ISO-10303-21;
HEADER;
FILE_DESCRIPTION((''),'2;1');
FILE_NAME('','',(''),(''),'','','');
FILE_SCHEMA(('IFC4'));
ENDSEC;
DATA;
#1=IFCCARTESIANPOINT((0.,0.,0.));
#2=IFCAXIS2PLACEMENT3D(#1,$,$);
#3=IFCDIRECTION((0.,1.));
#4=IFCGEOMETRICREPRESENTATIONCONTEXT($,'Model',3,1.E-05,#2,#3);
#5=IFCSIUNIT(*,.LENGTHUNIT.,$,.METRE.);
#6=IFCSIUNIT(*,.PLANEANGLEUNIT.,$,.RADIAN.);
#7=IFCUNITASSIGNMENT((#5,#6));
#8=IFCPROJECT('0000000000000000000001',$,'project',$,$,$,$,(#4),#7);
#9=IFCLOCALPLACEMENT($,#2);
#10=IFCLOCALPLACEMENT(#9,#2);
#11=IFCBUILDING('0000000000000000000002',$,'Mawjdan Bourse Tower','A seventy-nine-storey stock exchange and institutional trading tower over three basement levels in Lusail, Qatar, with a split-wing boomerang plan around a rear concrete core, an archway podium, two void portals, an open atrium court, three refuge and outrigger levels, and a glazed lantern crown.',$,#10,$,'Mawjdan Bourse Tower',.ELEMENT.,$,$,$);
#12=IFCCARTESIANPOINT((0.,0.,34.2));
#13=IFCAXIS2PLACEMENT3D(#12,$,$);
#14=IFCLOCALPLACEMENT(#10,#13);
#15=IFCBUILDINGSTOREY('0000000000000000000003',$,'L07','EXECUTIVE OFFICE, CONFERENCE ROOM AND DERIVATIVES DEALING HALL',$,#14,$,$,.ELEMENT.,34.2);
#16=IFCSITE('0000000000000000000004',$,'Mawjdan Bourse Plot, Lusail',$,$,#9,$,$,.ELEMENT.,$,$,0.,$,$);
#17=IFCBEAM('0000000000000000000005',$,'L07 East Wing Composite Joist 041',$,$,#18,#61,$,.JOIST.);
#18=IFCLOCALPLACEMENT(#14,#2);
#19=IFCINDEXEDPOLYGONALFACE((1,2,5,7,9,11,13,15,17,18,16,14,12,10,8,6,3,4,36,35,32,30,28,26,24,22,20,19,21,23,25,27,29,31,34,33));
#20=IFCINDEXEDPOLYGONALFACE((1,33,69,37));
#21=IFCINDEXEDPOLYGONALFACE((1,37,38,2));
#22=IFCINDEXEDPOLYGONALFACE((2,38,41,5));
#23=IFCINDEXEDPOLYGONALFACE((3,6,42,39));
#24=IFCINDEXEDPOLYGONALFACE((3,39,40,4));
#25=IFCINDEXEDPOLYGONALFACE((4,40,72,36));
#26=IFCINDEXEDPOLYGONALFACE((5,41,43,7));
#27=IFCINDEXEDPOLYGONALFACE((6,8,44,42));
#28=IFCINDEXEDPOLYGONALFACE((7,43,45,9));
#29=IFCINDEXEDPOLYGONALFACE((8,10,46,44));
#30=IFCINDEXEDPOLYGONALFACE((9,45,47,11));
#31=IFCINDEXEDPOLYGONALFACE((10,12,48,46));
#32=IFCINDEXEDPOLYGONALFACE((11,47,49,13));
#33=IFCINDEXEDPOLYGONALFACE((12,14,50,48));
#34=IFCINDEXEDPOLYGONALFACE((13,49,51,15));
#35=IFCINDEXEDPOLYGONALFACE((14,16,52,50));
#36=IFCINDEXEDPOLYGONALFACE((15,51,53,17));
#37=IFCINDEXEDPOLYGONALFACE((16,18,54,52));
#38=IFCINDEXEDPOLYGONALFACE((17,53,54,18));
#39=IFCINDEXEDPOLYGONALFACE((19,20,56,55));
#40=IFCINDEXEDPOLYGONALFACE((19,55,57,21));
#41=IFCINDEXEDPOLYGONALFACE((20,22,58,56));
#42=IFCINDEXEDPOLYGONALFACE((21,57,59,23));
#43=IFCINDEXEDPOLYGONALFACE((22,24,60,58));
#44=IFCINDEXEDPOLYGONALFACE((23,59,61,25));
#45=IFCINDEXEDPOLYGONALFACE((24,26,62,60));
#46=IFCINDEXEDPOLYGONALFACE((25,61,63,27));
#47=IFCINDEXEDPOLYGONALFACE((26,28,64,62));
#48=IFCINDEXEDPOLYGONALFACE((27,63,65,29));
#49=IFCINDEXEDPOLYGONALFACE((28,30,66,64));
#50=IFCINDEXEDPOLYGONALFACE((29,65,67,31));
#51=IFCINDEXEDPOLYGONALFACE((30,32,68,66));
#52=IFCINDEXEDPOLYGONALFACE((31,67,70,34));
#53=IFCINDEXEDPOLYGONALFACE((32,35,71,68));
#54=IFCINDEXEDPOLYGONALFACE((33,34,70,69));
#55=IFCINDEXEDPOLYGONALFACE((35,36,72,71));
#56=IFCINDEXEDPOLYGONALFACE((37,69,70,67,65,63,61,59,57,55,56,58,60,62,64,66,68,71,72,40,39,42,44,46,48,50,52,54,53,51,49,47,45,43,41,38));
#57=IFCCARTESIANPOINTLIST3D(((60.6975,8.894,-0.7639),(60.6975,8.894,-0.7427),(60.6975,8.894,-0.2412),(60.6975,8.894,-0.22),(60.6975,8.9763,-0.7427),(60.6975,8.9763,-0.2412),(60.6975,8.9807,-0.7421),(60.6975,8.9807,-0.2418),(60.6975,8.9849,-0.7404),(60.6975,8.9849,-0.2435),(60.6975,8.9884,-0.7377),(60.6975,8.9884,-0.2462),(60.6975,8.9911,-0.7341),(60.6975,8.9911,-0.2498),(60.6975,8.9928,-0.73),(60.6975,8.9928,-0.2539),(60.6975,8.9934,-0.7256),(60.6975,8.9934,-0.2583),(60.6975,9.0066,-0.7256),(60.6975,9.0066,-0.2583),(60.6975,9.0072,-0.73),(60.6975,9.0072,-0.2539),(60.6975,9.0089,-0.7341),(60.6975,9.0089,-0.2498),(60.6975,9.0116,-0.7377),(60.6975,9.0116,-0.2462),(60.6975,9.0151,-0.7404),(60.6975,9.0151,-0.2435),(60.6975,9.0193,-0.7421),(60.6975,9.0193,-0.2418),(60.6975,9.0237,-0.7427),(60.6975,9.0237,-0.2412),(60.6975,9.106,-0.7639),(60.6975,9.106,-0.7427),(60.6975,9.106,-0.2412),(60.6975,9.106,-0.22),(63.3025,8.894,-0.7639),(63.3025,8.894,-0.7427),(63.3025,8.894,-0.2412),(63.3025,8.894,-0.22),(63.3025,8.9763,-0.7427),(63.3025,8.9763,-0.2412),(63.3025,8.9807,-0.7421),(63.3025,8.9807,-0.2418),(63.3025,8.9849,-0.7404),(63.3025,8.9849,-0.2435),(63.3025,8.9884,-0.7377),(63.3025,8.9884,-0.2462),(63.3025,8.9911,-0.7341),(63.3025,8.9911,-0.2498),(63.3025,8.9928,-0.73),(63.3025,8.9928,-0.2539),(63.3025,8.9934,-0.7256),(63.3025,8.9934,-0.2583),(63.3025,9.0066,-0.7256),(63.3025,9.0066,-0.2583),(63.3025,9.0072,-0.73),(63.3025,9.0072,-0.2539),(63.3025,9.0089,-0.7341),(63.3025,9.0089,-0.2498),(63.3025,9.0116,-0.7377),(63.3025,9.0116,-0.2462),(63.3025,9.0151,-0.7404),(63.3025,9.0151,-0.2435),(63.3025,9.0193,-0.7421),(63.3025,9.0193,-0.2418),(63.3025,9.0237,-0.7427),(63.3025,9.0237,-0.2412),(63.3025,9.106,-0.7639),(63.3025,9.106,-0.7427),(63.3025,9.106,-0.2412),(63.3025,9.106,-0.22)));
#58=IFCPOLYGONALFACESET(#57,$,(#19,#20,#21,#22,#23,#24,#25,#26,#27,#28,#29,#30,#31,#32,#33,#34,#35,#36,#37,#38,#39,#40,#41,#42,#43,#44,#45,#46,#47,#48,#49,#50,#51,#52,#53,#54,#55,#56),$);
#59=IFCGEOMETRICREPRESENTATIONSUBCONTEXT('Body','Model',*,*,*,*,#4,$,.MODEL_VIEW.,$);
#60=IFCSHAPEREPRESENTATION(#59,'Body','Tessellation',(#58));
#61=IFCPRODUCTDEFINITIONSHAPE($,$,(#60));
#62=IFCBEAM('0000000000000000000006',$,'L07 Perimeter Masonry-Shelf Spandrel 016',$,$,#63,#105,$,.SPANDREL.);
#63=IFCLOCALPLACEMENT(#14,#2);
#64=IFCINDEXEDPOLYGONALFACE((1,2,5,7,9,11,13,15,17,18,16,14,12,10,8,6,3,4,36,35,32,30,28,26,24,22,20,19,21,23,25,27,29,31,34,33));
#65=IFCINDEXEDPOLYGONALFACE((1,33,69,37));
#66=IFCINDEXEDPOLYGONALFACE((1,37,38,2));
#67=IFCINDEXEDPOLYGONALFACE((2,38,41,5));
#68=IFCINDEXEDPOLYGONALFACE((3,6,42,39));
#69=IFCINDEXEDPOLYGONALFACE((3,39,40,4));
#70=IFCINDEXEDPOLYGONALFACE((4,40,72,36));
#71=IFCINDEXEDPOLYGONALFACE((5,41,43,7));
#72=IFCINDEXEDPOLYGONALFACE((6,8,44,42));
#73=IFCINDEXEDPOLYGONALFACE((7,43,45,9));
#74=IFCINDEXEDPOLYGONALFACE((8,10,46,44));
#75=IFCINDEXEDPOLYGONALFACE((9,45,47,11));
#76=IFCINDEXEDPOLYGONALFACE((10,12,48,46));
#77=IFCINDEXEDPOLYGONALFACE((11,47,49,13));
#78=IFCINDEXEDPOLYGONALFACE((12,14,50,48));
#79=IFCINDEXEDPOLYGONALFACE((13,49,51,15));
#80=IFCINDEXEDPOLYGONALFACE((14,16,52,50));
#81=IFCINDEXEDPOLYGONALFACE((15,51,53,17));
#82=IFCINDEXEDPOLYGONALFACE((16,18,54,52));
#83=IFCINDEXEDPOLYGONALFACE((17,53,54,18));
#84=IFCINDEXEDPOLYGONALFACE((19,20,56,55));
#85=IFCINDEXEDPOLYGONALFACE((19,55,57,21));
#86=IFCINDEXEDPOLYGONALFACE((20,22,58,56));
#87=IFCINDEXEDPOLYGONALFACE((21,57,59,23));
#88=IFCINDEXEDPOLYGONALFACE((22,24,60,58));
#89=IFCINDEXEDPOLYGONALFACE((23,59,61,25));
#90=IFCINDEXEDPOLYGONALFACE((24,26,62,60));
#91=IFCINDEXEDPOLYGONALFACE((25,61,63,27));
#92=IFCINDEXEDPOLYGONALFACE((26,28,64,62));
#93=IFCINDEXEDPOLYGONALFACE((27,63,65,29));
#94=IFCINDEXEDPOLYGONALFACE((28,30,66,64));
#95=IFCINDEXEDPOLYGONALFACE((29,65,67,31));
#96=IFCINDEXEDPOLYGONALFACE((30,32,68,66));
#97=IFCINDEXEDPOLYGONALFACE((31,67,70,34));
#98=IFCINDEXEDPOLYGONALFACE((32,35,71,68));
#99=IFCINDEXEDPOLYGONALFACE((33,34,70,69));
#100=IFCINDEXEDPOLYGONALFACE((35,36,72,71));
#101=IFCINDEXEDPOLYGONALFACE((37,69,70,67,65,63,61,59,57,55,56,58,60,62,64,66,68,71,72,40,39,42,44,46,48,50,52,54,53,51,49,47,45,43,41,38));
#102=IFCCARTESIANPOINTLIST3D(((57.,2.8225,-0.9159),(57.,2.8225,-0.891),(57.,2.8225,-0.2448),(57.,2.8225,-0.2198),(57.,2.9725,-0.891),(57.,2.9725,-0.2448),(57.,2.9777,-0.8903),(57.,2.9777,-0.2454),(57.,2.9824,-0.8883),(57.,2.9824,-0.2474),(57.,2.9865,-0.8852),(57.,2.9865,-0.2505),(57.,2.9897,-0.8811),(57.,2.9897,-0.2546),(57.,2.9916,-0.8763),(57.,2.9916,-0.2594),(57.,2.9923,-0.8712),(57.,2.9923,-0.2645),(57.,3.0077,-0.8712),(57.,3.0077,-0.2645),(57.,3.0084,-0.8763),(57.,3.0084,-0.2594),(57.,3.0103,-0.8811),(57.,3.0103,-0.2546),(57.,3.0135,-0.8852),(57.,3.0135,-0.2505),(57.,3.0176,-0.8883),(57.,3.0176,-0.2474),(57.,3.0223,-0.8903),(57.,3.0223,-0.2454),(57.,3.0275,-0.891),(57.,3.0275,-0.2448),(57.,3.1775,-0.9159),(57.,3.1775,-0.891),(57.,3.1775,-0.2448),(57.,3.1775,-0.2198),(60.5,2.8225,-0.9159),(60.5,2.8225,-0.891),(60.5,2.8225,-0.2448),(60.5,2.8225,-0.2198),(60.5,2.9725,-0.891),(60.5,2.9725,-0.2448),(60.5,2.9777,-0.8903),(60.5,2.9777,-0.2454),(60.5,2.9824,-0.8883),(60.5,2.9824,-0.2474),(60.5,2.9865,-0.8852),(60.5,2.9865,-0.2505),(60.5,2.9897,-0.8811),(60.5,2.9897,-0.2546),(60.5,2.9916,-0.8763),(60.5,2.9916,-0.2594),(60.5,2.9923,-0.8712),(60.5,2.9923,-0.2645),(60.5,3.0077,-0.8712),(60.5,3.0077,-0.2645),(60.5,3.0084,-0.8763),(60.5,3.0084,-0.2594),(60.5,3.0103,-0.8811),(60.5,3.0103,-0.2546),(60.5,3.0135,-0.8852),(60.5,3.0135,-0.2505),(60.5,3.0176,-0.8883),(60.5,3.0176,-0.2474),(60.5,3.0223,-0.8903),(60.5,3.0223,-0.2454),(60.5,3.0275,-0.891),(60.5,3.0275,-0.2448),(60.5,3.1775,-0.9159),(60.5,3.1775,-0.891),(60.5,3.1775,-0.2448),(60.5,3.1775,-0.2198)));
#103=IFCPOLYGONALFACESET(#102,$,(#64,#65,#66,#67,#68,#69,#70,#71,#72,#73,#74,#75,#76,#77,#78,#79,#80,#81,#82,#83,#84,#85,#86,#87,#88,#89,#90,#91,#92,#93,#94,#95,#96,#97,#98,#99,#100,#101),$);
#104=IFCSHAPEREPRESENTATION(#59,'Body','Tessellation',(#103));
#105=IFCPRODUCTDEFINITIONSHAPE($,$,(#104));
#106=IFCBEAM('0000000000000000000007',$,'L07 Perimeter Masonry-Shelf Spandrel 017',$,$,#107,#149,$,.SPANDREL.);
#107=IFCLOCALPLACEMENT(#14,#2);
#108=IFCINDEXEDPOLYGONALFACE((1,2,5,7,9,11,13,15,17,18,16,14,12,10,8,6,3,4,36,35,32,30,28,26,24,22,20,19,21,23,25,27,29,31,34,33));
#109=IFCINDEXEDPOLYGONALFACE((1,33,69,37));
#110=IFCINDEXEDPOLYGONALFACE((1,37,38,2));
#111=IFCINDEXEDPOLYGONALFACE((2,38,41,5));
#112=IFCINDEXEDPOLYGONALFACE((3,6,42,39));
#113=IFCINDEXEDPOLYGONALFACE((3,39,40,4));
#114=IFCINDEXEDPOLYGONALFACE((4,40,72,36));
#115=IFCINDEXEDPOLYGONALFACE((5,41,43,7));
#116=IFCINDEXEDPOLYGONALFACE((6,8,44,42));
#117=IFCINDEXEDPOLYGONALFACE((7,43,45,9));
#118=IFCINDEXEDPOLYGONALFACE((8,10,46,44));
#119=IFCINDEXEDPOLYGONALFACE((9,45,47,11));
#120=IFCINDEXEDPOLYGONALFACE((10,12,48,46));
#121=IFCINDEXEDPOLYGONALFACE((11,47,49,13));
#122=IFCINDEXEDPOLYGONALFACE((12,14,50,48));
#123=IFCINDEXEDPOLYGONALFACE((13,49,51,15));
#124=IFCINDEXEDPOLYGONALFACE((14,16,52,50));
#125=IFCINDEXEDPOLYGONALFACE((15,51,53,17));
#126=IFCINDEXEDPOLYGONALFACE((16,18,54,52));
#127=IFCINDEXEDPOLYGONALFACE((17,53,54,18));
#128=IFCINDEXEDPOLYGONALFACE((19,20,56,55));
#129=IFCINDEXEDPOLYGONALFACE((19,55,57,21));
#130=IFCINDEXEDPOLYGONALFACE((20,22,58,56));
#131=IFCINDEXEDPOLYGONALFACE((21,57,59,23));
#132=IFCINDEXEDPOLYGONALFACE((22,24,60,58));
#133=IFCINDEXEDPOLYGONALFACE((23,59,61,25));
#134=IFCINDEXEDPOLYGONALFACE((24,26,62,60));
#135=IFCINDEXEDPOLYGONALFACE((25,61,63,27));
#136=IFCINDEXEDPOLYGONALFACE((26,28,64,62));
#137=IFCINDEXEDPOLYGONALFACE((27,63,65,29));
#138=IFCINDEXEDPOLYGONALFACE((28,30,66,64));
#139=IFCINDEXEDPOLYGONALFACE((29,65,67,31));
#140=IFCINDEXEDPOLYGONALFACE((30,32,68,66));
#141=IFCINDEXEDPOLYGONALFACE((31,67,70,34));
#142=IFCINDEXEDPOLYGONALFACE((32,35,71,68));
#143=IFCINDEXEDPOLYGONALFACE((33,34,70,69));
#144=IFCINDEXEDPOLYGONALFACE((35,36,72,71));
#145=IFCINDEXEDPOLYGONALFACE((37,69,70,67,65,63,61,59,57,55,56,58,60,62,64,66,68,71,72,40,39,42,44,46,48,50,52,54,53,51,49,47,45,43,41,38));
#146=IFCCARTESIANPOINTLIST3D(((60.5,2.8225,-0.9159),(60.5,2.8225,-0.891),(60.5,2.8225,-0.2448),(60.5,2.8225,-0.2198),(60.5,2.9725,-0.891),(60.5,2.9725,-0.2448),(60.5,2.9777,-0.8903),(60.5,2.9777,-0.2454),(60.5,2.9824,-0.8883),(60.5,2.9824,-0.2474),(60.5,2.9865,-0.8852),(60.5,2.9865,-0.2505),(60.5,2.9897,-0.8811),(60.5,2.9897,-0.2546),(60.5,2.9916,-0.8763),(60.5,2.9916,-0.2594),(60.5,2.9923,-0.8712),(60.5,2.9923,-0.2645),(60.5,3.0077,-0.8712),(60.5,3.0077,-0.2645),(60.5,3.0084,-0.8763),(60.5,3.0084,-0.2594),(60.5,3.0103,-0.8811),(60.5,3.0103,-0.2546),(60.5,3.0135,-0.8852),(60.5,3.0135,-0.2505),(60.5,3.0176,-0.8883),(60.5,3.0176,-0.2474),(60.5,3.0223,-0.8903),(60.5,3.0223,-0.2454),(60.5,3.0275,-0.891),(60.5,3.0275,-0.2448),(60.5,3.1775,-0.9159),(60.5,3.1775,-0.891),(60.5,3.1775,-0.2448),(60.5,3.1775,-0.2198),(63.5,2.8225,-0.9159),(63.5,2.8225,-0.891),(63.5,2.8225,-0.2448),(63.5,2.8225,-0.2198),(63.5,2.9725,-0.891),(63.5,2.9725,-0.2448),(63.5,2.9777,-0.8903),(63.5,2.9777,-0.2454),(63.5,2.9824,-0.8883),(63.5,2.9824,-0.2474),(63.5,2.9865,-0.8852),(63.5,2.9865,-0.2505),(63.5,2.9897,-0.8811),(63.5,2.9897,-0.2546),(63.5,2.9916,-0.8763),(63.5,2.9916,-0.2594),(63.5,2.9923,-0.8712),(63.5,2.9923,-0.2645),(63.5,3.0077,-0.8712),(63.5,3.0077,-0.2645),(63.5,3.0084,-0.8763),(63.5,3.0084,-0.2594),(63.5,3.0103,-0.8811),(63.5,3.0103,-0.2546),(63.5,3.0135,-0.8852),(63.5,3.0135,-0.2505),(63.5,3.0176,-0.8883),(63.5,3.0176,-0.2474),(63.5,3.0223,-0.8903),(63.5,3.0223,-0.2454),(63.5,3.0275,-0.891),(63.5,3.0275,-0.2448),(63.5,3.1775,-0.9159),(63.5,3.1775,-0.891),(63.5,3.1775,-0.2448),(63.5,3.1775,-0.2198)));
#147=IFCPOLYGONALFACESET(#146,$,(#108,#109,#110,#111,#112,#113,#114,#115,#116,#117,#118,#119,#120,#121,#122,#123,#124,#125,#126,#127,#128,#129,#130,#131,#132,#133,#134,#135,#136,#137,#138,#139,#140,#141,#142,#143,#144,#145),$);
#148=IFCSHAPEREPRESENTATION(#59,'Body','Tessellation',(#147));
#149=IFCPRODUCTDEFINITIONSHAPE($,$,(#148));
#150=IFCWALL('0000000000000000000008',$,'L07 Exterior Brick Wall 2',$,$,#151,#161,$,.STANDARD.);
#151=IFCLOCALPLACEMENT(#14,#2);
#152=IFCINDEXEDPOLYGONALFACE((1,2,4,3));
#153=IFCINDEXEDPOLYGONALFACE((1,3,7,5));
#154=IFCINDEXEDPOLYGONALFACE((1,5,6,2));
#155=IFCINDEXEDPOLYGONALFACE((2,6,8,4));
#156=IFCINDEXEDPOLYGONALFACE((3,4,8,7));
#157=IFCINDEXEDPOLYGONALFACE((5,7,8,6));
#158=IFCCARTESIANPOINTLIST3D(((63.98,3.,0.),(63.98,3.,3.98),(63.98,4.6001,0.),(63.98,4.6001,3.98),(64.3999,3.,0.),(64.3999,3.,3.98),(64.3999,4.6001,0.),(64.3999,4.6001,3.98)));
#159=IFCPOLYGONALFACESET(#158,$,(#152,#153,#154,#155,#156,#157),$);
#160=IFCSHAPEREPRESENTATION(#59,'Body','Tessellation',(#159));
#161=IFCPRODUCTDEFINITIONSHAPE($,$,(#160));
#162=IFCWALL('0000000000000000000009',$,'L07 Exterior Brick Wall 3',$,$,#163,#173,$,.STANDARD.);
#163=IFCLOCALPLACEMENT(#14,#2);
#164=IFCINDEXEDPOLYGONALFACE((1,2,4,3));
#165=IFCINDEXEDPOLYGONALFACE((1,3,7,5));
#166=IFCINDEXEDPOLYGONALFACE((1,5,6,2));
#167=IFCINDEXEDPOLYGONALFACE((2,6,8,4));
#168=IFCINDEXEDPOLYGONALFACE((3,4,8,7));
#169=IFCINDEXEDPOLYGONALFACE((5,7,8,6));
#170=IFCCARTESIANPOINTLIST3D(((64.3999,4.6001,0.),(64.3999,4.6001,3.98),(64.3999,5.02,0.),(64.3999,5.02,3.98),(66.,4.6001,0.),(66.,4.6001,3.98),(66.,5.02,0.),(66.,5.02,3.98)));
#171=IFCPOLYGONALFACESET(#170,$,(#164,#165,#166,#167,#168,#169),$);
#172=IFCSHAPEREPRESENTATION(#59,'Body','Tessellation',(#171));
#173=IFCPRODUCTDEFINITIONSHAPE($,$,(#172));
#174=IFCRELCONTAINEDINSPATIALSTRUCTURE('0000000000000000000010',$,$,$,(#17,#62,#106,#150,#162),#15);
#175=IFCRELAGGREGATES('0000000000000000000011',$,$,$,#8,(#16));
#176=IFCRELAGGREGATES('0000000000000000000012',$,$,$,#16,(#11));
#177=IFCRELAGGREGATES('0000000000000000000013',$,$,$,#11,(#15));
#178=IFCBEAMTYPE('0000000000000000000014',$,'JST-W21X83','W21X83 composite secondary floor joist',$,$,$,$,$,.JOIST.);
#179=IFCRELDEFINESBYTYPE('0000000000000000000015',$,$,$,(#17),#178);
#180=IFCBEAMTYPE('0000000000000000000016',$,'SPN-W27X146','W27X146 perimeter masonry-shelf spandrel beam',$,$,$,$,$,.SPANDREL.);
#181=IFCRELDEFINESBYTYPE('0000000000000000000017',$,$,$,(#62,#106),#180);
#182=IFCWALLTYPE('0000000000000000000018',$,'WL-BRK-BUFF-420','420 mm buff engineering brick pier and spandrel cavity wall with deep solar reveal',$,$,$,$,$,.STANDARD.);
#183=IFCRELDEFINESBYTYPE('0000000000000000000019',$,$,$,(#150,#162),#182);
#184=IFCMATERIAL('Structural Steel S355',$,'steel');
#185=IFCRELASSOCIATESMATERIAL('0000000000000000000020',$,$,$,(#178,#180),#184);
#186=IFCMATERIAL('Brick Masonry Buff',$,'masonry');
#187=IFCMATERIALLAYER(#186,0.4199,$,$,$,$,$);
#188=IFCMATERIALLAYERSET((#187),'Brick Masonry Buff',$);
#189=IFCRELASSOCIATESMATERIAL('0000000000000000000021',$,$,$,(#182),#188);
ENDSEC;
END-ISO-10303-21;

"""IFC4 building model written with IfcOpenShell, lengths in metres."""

from ifc_helpers import new_model, si_unit, direction, frame, frame_2d, origin, origin_2d, place, context, subcontext, project, spatial, rectangle, i_section, extrude, material, layer, layer_set, material_profile, profile_set, type_object, element, save


model = new_model("IFC4")

# Units and contexts
model_context = context("Model", 3, precision=1e-05, world=origin(), true_north=direction((0.0, 1.0)))
body_context = subcontext(model_context, "Body", "Model", "MODEL_VIEW")
ifc_project = project(units=[si_unit("LENGTHUNIT", "METRE"), si_unit("PLANEANGLEUNIT", "RADIAN")], contexts=[model_context])

# Site, building, storey
site_placement = place(None, origin())
site = spatial("IfcSite", under=ifc_project, at=site_placement, Name="Mawjdan Bourse Plot, Lusail", CompositionType="ELEMENT", RefElevation=0.0)
building_placement = place(site_placement, origin())
building = spatial("IfcBuilding", under=site, at=building_placement, Name="Mawjdan Bourse Tower", Description="A seventy-nine-storey stock exchange and institutional trading tower over three basement levels in Lusail, Qatar, with a split-wing boomerang plan around a rear concrete core, an archway podium, two void portals, an open atrium court, three refuge and outrigger levels, and a glazed lantern crown.", LongName="Mawjdan Bourse Tower", CompositionType="ELEMENT")
storey_placement = place(building_placement, frame((0.0, 0.0, 34.2)))
storey = spatial("IfcBuildingStorey", under=building, at=storey_placement, Name="L07", Description="EXECUTIVE OFFICE, CONFERENCE ROOM AND DERIVATIVES DEALING HALL", CompositionType="ELEMENT", Elevation=34.2)

# Beams
ifc_material_1 = material(Name="Structural Steel S355", Category="steel")
ifc_material_profile_1 = material_profile(ifc_material_1, i_section(OverallWidth=0.2119, OverallDepth=0.5439, WebThickness=0.0132, FlangeThickness=0.0212, FilletRadius=0.0171, at=origin_2d()), Name="W21X83")
ifc_profile_set_1 = profile_set([ifc_material_profile_1], Name="Structural Steel S355")
beam_type_1 = type_object("IfcBeamType", Name="JST-W21X83", Description="W21X83 composite secondary floor joist", PredefinedType="JOIST", material=ifc_profile_set_1)
beam_1_placement = place(storey_placement, frame((60.6975, 9.0, -0.4919), z_axis=(1.0, 0.0, 0.0), x_axis=(0.0, 1.0, 0.0)))
element("IfcBeam", 1, at=beam_1_placement, inside=storey, type_object=beam_type_1, Name="L07 East Wing Composite Joist 041", PredefinedType="JOIST", context=body_context, shape_type="SweptSolid", body=[
    extrude(i_section(OverallWidth=0.2119, OverallDepth=0.5439, WebThickness=0.0132, FlangeThickness=0.0212, FilletRadius=0.0171, at=origin_2d()), origin(), (0.0, 0.0, 1.0), 2.605),
])
ifc_material_profile_2 = material_profile(ifc_material_1, i_section(OverallWidth=0.355, OverallDepth=0.696, WebThickness=0.0154, FlangeThickness=0.0249, FilletRadius=0.0198, at=origin_2d()), Name="W27X146")
ifc_profile_set_2 = profile_set([ifc_material_profile_2], Name="Structural Steel S355")
beam_type_2 = type_object("IfcBeamType", Name="SPN-W27X146", Description="W27X146 perimeter masonry-shelf spandrel beam", PredefinedType="SPANDREL", material=ifc_profile_set_2)
beam_2_placement = place(storey_placement, frame((57.0, 3.0, -0.5679), z_axis=(1.0, 0.0, 0.0), x_axis=(0.0, 1.0, 0.0)))
element("IfcBeam", 2, at=beam_2_placement, inside=storey, type_object=beam_type_2, Name="L07 Perimeter Masonry-Shelf Spandrel 016", PredefinedType="SPANDREL", context=body_context, shape_type="SweptSolid", body=[
    extrude(i_section(OverallWidth=0.355, OverallDepth=0.696, WebThickness=0.0154, FlangeThickness=0.0249, FilletRadius=0.0198, at=origin_2d()), origin(), (0.0, 0.0, 1.0), 3.5),
])
beam_3_placement = place(storey_placement, frame((60.5, 3.0, -0.5679), z_axis=(1.0, 0.0, 0.0), x_axis=(0.0, 1.0, 0.0)))
element("IfcBeam", 3, at=beam_3_placement, inside=storey, type_object=beam_type_2, Name="L07 Perimeter Masonry-Shelf Spandrel 017", PredefinedType="SPANDREL", context=body_context, shape_type="SweptSolid", body=[
    extrude(i_section(OverallWidth=0.355, OverallDepth=0.696, WebThickness=0.0154, FlangeThickness=0.0249, FilletRadius=0.0198, at=origin_2d()), origin(), (0.0, 0.0, 1.0), 3.0),
])

# Walls
ifc_material_2 = material(Name="Brick Masonry Buff", Category="masonry")
ifc_layer_1 = layer(ifc_material_2, 0.4199)
ifc_layer_set_1 = layer_set([ifc_layer_1], Name="Brick Masonry Buff")
wall_type_1 = type_object("IfcWallType", Name="WL-BRK-BUFF-420", Description="420 mm buff engineering brick pier and spandrel cavity wall with deep solar reveal", PredefinedType="STANDARD", material=ifc_layer_set_1)
for number, where, z_axis, x_axis, name in (
    (4, (64.1899, 3.0, 0.0), (0.0, 0.0, 1.0), (0.0, 1.0, 0.0), "L07 Exterior Brick Wall 2"),
    (5, (64.3999, 4.8101, 0.0), (0.0, 0.0, 1.0), (1.0, 0.0, 0.0), "L07 Exterior Brick Wall 3"),
):
    element("IfcWall", number, at=place(storey_placement, frame(where, z_axis=z_axis, x_axis=x_axis)), inside=storey, type_object=wall_type_1, Name=name, PredefinedType="STANDARD", context=body_context, shape_type="SweptSolid", body=[
        extrude(rectangle(XDim=1.6001, YDim=0.4199, at=frame_2d((0.8, 0.0))), origin(), (0.0, 0.0, 1.0), 3.98),
    ])

save(model, "model.ifc")
